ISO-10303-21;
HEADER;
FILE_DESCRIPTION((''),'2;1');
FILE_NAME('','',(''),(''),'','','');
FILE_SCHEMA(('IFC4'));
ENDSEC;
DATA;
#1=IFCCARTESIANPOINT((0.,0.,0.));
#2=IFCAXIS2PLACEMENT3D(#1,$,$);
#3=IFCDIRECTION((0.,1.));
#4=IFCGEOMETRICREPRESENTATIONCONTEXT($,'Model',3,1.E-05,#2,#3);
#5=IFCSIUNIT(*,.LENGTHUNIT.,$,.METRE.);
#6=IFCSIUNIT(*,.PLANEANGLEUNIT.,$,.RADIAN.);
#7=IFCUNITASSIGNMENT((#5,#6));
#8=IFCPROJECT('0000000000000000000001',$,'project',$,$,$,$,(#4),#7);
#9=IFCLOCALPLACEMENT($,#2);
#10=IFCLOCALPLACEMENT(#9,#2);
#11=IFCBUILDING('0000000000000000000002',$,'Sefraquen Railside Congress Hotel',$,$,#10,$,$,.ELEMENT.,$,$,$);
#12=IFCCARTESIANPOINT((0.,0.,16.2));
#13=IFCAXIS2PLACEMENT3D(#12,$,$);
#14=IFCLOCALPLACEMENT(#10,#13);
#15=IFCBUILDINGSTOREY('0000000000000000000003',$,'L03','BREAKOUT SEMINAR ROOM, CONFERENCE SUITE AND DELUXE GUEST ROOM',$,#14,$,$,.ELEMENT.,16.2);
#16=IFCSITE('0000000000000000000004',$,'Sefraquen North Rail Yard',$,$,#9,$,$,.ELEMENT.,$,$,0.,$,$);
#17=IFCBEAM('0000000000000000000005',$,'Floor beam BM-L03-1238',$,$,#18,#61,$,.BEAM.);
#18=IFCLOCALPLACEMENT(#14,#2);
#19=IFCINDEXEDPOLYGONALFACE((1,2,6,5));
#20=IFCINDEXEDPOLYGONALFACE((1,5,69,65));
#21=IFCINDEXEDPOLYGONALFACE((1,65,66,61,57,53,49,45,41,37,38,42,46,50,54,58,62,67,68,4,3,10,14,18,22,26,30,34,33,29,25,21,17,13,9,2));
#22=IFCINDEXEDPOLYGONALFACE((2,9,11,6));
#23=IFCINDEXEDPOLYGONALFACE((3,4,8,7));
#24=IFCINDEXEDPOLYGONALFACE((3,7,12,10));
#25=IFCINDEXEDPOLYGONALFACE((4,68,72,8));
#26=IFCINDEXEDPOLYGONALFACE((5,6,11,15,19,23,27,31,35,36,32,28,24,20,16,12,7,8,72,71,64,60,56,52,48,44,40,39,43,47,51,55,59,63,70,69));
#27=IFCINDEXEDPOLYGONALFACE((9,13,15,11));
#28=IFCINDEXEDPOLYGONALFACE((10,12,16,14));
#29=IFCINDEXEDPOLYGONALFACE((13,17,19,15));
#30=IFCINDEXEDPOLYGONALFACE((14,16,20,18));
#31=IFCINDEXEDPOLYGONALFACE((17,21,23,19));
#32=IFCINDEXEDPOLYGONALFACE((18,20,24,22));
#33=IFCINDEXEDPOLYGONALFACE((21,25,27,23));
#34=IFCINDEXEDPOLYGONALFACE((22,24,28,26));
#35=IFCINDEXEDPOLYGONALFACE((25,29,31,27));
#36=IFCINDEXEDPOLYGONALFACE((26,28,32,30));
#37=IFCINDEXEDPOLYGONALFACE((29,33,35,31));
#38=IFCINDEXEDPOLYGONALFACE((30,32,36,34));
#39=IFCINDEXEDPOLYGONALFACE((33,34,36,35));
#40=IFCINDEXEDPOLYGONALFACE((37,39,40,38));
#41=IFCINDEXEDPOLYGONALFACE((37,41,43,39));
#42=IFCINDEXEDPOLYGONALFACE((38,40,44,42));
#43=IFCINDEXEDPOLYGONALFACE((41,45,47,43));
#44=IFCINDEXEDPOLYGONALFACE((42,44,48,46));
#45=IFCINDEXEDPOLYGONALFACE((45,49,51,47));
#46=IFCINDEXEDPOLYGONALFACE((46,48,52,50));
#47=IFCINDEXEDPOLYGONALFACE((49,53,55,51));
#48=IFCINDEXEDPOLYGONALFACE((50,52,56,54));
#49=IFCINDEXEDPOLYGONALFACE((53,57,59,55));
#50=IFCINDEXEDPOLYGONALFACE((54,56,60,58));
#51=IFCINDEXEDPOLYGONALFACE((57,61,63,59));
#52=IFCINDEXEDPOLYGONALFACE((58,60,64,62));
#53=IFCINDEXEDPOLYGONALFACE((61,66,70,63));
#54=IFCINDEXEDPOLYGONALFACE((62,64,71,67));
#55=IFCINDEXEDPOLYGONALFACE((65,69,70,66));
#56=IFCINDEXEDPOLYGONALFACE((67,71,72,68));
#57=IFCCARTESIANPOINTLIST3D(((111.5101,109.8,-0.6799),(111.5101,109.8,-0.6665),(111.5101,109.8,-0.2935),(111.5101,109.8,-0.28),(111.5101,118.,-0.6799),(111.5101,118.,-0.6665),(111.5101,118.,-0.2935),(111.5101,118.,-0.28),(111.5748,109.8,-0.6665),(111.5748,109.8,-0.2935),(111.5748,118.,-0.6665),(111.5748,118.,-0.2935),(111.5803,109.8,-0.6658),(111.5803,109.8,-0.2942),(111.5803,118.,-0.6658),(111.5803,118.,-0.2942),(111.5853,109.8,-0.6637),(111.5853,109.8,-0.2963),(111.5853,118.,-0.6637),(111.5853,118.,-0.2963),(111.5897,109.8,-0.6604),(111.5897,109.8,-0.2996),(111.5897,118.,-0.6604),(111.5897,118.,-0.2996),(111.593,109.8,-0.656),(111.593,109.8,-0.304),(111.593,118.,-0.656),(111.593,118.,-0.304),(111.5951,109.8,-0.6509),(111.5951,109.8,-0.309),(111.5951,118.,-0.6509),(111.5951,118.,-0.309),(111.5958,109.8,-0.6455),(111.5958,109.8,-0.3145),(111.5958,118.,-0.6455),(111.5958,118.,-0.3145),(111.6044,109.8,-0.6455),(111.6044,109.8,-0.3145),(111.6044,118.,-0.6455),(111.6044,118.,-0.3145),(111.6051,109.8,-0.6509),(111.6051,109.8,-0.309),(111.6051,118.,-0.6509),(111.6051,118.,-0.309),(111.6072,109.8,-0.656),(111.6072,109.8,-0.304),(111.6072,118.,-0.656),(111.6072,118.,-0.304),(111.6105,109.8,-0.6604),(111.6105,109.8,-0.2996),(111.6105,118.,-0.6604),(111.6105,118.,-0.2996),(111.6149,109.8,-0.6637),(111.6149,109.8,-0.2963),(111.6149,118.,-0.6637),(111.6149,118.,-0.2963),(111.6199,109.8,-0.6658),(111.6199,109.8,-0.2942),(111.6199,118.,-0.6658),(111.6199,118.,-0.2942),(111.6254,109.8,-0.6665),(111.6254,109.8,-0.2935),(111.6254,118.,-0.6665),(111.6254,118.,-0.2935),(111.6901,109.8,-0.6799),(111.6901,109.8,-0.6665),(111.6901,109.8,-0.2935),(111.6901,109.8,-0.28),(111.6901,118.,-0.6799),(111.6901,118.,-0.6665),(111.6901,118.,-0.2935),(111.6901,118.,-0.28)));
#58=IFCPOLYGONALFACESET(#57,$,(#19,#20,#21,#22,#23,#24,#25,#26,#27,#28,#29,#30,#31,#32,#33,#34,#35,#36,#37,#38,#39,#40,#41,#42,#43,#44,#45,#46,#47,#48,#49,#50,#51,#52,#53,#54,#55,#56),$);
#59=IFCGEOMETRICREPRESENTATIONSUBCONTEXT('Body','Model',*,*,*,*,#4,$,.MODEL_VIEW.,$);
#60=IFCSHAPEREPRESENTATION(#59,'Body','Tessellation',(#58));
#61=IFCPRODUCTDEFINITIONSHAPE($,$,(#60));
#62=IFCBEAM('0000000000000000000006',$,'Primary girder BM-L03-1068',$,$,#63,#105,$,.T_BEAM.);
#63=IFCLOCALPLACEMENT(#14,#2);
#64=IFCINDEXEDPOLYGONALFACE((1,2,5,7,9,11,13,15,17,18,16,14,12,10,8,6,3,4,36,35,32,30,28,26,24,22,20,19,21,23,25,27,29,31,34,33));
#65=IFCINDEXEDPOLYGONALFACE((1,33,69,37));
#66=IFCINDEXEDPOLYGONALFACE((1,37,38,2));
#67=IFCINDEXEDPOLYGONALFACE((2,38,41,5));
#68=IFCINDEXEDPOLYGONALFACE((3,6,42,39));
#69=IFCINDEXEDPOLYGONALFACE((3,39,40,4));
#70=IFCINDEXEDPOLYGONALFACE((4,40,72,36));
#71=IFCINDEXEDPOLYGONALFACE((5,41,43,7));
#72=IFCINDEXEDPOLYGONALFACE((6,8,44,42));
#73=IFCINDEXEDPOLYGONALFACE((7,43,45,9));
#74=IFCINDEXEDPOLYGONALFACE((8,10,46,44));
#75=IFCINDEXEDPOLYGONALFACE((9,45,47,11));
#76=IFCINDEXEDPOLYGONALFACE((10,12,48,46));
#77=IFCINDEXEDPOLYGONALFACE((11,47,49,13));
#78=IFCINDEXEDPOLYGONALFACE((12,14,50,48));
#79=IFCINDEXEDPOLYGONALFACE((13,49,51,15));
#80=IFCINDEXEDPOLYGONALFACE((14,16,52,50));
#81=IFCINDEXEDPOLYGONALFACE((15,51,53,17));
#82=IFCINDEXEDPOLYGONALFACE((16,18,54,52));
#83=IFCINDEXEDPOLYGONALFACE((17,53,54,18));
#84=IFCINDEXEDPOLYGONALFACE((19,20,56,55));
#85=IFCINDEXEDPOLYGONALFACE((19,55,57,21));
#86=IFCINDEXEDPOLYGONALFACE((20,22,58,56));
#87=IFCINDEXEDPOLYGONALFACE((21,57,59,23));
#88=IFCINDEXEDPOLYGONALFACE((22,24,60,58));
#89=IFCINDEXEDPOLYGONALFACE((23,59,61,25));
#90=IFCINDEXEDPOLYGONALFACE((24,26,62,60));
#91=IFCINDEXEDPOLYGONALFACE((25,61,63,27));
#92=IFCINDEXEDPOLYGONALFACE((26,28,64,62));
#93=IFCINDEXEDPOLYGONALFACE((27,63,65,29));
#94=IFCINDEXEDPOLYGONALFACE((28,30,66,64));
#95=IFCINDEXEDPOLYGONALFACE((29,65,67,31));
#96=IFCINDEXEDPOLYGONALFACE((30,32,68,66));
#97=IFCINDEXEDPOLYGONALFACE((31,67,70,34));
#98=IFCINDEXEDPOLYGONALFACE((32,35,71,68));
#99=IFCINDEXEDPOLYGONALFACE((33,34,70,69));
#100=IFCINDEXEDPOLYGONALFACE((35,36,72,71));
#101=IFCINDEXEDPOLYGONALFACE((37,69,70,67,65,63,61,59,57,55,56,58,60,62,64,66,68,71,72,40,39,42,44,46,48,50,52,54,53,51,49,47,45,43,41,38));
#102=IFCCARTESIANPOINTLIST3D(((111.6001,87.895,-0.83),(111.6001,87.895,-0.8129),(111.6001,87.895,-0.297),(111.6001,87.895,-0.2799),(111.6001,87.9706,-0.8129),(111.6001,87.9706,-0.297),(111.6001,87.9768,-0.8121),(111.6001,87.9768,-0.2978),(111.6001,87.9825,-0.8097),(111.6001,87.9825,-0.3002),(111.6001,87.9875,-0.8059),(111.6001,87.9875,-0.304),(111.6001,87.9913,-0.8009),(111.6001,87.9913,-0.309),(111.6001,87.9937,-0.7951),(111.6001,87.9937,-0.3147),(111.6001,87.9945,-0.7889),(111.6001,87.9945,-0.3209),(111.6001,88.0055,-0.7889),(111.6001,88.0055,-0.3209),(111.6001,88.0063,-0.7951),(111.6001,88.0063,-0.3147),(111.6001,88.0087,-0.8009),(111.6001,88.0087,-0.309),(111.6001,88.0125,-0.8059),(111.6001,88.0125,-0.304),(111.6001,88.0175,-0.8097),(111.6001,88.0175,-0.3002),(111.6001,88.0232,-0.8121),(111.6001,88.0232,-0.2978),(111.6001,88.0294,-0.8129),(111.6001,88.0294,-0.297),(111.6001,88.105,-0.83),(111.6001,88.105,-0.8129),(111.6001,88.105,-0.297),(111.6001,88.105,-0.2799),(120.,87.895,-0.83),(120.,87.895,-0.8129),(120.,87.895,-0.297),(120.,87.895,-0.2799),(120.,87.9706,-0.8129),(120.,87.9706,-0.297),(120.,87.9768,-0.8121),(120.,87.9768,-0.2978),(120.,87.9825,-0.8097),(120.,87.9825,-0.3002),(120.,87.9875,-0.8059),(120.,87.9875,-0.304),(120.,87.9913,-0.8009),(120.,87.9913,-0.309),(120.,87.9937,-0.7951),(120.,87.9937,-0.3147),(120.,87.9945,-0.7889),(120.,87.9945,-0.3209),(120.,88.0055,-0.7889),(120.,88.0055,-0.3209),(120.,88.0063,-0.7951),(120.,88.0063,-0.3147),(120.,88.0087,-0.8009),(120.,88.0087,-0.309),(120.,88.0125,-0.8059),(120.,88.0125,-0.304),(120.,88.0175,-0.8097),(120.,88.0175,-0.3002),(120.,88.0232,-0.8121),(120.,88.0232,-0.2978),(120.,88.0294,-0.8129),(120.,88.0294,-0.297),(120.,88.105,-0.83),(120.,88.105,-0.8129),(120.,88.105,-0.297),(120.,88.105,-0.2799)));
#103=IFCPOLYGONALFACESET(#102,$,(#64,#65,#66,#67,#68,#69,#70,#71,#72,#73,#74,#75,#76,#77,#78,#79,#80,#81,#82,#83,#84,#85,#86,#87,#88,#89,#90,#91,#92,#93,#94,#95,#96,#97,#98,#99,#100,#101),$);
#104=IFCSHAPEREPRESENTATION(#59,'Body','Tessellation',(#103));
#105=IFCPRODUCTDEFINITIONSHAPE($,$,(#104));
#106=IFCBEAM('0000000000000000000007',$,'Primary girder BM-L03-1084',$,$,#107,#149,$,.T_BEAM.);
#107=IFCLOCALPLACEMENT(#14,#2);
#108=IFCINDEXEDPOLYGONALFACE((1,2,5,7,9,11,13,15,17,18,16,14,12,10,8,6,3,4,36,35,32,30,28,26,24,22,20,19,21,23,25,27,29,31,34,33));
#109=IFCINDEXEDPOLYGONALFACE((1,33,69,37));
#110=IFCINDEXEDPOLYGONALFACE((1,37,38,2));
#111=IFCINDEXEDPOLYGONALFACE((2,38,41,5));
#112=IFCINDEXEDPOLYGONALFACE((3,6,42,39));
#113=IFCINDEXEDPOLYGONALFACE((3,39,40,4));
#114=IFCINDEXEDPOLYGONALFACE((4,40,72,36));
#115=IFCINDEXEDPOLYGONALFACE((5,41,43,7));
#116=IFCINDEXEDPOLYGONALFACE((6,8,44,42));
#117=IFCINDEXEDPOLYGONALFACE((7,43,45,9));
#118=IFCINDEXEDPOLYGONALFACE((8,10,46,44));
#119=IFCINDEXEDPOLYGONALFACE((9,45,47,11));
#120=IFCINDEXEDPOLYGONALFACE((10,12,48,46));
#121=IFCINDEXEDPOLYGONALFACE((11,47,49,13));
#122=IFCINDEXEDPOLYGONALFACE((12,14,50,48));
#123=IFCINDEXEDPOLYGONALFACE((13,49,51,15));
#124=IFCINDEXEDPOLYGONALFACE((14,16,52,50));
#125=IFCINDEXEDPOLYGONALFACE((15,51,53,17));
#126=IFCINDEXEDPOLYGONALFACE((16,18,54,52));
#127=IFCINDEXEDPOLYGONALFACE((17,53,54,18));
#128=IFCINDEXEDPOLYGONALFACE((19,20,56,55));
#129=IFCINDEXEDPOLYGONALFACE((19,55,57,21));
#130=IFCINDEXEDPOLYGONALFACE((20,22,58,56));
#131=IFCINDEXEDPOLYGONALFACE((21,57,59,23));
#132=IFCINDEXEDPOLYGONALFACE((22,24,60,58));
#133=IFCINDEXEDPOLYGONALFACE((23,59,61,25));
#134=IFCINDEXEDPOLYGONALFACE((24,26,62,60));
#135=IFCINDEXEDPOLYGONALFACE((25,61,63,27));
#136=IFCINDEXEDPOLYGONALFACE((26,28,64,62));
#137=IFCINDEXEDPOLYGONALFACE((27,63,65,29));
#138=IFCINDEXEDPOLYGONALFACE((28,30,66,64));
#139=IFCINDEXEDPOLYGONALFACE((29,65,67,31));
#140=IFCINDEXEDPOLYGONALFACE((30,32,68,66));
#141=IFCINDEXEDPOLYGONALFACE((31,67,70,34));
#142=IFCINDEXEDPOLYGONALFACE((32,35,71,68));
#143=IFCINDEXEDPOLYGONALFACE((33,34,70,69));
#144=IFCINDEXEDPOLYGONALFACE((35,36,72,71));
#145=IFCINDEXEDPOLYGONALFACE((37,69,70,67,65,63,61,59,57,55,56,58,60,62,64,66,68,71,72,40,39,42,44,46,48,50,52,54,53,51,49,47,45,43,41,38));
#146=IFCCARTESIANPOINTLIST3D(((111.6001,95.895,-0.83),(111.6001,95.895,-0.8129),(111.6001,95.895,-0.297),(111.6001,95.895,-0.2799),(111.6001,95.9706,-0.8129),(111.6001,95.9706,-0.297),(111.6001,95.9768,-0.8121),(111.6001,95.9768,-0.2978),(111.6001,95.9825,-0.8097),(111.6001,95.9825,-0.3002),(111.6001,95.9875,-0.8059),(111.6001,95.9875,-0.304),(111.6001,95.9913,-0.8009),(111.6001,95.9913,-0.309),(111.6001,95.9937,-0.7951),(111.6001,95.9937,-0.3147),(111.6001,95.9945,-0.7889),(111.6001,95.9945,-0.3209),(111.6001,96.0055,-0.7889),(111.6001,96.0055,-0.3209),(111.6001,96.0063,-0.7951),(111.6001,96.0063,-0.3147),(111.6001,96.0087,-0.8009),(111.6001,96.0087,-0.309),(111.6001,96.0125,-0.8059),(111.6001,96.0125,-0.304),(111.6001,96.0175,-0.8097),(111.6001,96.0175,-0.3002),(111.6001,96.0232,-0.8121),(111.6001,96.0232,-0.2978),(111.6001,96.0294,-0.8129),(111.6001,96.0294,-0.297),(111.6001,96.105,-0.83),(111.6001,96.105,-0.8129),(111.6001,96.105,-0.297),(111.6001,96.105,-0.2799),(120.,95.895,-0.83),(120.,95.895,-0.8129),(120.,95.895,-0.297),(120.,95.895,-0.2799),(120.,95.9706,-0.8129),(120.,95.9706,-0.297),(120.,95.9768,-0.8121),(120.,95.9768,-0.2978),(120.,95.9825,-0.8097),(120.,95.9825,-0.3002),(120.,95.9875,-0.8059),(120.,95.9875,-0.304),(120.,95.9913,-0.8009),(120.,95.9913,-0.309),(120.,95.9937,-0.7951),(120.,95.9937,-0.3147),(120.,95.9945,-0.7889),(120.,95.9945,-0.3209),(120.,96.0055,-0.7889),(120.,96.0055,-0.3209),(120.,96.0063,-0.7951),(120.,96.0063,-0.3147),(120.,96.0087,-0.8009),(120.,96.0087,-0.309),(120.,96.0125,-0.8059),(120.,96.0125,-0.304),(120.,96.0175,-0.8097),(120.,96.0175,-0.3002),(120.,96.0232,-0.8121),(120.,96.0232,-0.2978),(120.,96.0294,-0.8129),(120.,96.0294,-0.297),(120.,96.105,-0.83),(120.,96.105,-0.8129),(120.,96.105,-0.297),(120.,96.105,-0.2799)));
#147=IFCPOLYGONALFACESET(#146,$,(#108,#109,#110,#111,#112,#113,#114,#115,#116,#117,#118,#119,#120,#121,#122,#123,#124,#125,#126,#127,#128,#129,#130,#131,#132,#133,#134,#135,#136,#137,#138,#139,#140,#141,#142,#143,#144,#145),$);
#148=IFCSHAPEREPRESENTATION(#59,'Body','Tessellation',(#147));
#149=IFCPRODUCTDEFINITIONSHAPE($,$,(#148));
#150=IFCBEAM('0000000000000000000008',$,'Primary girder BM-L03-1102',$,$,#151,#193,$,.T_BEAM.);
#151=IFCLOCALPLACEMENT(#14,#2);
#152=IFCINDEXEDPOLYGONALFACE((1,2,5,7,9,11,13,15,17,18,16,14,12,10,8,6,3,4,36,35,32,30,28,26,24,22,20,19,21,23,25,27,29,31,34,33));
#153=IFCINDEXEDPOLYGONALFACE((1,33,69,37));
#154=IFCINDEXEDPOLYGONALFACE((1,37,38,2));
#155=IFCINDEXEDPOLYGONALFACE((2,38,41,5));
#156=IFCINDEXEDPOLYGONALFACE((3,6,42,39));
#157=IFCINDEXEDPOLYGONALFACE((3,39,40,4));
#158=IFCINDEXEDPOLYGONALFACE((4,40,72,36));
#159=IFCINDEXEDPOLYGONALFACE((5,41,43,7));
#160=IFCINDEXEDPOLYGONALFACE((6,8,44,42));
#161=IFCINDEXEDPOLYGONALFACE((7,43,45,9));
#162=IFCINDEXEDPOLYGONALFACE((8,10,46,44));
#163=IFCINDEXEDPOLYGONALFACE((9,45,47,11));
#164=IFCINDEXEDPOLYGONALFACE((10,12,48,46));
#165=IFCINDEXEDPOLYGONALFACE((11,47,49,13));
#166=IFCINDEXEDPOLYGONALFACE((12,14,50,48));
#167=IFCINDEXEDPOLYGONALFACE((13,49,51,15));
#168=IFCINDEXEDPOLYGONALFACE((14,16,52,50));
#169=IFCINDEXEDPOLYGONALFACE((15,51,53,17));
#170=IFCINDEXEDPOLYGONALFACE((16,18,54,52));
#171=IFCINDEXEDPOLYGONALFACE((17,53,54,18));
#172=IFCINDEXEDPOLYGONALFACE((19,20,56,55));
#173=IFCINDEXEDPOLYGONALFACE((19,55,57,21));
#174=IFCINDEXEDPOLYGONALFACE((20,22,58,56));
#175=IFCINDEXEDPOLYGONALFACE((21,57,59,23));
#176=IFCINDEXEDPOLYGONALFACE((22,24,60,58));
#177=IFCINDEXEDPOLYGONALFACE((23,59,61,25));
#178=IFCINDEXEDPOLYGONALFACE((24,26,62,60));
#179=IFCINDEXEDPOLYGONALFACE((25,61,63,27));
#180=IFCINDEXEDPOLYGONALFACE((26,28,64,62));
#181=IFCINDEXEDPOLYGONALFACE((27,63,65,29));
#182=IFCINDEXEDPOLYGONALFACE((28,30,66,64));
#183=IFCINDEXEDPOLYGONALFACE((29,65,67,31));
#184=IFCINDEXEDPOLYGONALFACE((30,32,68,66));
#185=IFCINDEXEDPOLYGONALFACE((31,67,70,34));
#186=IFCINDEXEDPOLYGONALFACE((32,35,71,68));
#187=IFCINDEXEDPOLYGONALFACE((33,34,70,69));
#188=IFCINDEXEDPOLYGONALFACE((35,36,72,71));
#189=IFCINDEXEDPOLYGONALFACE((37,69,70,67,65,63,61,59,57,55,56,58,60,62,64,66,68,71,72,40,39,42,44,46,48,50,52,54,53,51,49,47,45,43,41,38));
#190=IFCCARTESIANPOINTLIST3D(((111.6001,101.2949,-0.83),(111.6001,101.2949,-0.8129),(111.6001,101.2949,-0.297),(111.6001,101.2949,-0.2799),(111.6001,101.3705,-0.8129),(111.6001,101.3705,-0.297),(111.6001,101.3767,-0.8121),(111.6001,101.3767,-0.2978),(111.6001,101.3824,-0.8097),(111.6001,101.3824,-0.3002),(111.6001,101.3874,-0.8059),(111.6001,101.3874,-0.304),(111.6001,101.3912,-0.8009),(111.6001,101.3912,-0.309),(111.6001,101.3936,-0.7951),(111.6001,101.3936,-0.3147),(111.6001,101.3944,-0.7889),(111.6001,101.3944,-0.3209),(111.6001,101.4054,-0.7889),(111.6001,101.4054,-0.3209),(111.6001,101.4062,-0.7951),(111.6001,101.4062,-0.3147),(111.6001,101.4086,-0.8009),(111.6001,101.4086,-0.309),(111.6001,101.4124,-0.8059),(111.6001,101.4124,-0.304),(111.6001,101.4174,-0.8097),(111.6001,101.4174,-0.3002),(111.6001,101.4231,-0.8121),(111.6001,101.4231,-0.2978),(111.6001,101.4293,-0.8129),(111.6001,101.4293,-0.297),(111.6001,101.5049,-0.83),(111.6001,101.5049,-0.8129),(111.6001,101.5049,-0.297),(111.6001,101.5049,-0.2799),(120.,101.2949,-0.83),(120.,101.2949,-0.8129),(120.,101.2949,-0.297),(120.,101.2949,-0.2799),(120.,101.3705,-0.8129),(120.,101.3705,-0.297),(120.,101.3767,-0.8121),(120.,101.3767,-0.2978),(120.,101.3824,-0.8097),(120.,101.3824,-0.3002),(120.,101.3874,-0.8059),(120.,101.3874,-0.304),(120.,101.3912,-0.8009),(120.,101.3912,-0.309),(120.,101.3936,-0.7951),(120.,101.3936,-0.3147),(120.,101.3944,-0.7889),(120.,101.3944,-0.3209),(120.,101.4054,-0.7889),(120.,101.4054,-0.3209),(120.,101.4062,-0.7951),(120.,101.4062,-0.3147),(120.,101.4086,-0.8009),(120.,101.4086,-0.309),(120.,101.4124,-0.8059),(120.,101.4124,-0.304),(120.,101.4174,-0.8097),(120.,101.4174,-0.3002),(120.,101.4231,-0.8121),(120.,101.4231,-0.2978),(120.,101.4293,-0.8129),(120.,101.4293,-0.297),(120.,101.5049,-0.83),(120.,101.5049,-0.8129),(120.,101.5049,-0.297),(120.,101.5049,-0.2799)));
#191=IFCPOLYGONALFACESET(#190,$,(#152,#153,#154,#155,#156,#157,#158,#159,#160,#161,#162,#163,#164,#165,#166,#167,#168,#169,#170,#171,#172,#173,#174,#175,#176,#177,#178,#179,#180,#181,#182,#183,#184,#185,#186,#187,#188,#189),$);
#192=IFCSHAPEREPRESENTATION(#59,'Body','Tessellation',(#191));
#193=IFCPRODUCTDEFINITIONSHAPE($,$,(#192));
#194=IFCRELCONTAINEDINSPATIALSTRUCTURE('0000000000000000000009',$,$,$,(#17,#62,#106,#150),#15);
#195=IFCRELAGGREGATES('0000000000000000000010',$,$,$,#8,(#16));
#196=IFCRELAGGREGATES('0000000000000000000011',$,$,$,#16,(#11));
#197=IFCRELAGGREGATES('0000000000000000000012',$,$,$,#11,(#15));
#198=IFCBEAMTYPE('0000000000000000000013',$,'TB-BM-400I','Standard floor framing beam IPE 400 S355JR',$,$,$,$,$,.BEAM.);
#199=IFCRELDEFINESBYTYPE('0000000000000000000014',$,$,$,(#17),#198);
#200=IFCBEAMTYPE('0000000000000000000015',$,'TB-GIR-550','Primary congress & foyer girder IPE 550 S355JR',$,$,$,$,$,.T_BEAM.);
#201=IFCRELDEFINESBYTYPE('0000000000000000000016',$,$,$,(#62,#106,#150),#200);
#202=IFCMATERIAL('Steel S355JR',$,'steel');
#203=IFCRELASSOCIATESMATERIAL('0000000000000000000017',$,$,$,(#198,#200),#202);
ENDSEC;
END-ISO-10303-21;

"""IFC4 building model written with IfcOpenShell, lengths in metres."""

from ifc_helpers import new_model, si_unit, direction, frame, origin, origin_2d, place, context, subcontext, project, spatial, i_section, extrude, material, material_profile, profile_set, type_object, element, save


model = new_model("IFC4")

# Units and contexts
model_context = context("Model", 3, precision=1e-05, world=origin(), true_north=direction((0.0, 1.0)))
body_context = subcontext(model_context, "Body", "Model", "MODEL_VIEW")
ifc_project = project(units=[si_unit("LENGTHUNIT", "METRE"), si_unit("PLANEANGLEUNIT", "RADIAN")], contexts=[model_context])

# Site, building, storey
site_placement = place(None, origin())
site = spatial("IfcSite", under=ifc_project, at=site_placement, Name="Sefraquen North Rail Yard", CompositionType="ELEMENT", RefElevation=0.0)
building_placement = place(site_placement, origin())
building = spatial("IfcBuilding", under=site, at=building_placement, Name="Sefraquen Railside Congress Hotel", CompositionType="ELEMENT")
storey_placement = place(building_placement, frame((0.0, 0.0, 16.2)))
storey = spatial("IfcBuildingStorey", under=building, at=storey_placement, Name="L03", Description="BREAKOUT SEMINAR ROOM, CONFERENCE SUITE AND DELUXE GUEST ROOM", CompositionType="ELEMENT", Elevation=16.2)

# Shared definitions
ifc_material_1 = material(Name="Steel S355JR", Category="steel")

# Beams
ifc_material_profile_1 = material_profile(ifc_material_1, i_section(OverallWidth=0.1799, OverallDepth=0.3999, WebThickness=0.0085, FlangeThickness=0.0134, FilletRadius=0.021, at=origin_2d()), Name="IPE 400")
ifc_profile_set_1 = profile_set([ifc_material_profile_1], Name="Steel S355JR")
beam_type_1 = type_object("IfcBeamType", Name="TB-BM-400I", Description="Standard floor framing beam IPE 400 S355JR", PredefinedType="BEAM", material=ifc_profile_set_1)
beam_1_placement = place(storey_placement, frame((111.6001, 109.8, -0.48), z_axis=(0.0, 1.0, 0.0), x_axis=(-1.0, 0.0, 0.0)))
element("IfcBeam", 1, at=beam_1_placement, inside=storey, type_object=beam_type_1, Name="Floor beam BM-L03-1238", PredefinedType="BEAM", context=body_context, shape_type="SweptSolid", body=[
    extrude(i_section(OverallWidth=0.1799, OverallDepth=0.3999, WebThickness=0.0085, FlangeThickness=0.0134, FilletRadius=0.021, at=origin_2d()), origin(), (0.0, 0.0, 1.0), 8.2),
])
ifc_material_profile_2 = material_profile(ifc_material_1, i_section(OverallWidth=0.21, OverallDepth=0.55, WebThickness=0.011, FlangeThickness=0.0171, FilletRadius=0.0239, at=origin_2d()), Name="IPE 550")
ifc_profile_set_2 = profile_set([ifc_material_profile_2], Name="Steel S355JR")
beam_type_2 = type_object("IfcBeamType", Name="TB-GIR-550", Description="Primary congress & foyer girder IPE 550 S355JR", PredefinedType="T_BEAM", material=ifc_profile_set_2)
for number, where, z_axis, x_axis, name in (
    (2, (111.6001, 88.0, -0.5549), (1.0, 0.0, 0.0), (0.0, 1.0, 0.0), "Primary girder BM-L03-1068"),
    (3, (111.6001, 96.0, -0.5549), (1.0, 0.0, 0.0), (0.0, 1.0, 0.0), "Primary girder BM-L03-1084"),
    (4, (111.6001, 101.3999, -0.5549), (1.0, 0.0, 0.0), (0.0, 1.0, 0.0), "Primary girder BM-L03-1102"),
):
    element("IfcBeam", number, at=place(storey_placement, frame(where, z_axis=z_axis, x_axis=x_axis)), inside=storey, type_object=beam_type_2, Name=name, PredefinedType="T_BEAM", context=body_context, shape_type="SweptSolid", body=[
        extrude(i_section(OverallWidth=0.21, OverallDepth=0.55, WebThickness=0.011, FlangeThickness=0.0171, FilletRadius=0.0239, at=origin_2d()), origin(), (0.0, 0.0, 1.0), 8.3999),
    ])

save(model, "model.ifc")
